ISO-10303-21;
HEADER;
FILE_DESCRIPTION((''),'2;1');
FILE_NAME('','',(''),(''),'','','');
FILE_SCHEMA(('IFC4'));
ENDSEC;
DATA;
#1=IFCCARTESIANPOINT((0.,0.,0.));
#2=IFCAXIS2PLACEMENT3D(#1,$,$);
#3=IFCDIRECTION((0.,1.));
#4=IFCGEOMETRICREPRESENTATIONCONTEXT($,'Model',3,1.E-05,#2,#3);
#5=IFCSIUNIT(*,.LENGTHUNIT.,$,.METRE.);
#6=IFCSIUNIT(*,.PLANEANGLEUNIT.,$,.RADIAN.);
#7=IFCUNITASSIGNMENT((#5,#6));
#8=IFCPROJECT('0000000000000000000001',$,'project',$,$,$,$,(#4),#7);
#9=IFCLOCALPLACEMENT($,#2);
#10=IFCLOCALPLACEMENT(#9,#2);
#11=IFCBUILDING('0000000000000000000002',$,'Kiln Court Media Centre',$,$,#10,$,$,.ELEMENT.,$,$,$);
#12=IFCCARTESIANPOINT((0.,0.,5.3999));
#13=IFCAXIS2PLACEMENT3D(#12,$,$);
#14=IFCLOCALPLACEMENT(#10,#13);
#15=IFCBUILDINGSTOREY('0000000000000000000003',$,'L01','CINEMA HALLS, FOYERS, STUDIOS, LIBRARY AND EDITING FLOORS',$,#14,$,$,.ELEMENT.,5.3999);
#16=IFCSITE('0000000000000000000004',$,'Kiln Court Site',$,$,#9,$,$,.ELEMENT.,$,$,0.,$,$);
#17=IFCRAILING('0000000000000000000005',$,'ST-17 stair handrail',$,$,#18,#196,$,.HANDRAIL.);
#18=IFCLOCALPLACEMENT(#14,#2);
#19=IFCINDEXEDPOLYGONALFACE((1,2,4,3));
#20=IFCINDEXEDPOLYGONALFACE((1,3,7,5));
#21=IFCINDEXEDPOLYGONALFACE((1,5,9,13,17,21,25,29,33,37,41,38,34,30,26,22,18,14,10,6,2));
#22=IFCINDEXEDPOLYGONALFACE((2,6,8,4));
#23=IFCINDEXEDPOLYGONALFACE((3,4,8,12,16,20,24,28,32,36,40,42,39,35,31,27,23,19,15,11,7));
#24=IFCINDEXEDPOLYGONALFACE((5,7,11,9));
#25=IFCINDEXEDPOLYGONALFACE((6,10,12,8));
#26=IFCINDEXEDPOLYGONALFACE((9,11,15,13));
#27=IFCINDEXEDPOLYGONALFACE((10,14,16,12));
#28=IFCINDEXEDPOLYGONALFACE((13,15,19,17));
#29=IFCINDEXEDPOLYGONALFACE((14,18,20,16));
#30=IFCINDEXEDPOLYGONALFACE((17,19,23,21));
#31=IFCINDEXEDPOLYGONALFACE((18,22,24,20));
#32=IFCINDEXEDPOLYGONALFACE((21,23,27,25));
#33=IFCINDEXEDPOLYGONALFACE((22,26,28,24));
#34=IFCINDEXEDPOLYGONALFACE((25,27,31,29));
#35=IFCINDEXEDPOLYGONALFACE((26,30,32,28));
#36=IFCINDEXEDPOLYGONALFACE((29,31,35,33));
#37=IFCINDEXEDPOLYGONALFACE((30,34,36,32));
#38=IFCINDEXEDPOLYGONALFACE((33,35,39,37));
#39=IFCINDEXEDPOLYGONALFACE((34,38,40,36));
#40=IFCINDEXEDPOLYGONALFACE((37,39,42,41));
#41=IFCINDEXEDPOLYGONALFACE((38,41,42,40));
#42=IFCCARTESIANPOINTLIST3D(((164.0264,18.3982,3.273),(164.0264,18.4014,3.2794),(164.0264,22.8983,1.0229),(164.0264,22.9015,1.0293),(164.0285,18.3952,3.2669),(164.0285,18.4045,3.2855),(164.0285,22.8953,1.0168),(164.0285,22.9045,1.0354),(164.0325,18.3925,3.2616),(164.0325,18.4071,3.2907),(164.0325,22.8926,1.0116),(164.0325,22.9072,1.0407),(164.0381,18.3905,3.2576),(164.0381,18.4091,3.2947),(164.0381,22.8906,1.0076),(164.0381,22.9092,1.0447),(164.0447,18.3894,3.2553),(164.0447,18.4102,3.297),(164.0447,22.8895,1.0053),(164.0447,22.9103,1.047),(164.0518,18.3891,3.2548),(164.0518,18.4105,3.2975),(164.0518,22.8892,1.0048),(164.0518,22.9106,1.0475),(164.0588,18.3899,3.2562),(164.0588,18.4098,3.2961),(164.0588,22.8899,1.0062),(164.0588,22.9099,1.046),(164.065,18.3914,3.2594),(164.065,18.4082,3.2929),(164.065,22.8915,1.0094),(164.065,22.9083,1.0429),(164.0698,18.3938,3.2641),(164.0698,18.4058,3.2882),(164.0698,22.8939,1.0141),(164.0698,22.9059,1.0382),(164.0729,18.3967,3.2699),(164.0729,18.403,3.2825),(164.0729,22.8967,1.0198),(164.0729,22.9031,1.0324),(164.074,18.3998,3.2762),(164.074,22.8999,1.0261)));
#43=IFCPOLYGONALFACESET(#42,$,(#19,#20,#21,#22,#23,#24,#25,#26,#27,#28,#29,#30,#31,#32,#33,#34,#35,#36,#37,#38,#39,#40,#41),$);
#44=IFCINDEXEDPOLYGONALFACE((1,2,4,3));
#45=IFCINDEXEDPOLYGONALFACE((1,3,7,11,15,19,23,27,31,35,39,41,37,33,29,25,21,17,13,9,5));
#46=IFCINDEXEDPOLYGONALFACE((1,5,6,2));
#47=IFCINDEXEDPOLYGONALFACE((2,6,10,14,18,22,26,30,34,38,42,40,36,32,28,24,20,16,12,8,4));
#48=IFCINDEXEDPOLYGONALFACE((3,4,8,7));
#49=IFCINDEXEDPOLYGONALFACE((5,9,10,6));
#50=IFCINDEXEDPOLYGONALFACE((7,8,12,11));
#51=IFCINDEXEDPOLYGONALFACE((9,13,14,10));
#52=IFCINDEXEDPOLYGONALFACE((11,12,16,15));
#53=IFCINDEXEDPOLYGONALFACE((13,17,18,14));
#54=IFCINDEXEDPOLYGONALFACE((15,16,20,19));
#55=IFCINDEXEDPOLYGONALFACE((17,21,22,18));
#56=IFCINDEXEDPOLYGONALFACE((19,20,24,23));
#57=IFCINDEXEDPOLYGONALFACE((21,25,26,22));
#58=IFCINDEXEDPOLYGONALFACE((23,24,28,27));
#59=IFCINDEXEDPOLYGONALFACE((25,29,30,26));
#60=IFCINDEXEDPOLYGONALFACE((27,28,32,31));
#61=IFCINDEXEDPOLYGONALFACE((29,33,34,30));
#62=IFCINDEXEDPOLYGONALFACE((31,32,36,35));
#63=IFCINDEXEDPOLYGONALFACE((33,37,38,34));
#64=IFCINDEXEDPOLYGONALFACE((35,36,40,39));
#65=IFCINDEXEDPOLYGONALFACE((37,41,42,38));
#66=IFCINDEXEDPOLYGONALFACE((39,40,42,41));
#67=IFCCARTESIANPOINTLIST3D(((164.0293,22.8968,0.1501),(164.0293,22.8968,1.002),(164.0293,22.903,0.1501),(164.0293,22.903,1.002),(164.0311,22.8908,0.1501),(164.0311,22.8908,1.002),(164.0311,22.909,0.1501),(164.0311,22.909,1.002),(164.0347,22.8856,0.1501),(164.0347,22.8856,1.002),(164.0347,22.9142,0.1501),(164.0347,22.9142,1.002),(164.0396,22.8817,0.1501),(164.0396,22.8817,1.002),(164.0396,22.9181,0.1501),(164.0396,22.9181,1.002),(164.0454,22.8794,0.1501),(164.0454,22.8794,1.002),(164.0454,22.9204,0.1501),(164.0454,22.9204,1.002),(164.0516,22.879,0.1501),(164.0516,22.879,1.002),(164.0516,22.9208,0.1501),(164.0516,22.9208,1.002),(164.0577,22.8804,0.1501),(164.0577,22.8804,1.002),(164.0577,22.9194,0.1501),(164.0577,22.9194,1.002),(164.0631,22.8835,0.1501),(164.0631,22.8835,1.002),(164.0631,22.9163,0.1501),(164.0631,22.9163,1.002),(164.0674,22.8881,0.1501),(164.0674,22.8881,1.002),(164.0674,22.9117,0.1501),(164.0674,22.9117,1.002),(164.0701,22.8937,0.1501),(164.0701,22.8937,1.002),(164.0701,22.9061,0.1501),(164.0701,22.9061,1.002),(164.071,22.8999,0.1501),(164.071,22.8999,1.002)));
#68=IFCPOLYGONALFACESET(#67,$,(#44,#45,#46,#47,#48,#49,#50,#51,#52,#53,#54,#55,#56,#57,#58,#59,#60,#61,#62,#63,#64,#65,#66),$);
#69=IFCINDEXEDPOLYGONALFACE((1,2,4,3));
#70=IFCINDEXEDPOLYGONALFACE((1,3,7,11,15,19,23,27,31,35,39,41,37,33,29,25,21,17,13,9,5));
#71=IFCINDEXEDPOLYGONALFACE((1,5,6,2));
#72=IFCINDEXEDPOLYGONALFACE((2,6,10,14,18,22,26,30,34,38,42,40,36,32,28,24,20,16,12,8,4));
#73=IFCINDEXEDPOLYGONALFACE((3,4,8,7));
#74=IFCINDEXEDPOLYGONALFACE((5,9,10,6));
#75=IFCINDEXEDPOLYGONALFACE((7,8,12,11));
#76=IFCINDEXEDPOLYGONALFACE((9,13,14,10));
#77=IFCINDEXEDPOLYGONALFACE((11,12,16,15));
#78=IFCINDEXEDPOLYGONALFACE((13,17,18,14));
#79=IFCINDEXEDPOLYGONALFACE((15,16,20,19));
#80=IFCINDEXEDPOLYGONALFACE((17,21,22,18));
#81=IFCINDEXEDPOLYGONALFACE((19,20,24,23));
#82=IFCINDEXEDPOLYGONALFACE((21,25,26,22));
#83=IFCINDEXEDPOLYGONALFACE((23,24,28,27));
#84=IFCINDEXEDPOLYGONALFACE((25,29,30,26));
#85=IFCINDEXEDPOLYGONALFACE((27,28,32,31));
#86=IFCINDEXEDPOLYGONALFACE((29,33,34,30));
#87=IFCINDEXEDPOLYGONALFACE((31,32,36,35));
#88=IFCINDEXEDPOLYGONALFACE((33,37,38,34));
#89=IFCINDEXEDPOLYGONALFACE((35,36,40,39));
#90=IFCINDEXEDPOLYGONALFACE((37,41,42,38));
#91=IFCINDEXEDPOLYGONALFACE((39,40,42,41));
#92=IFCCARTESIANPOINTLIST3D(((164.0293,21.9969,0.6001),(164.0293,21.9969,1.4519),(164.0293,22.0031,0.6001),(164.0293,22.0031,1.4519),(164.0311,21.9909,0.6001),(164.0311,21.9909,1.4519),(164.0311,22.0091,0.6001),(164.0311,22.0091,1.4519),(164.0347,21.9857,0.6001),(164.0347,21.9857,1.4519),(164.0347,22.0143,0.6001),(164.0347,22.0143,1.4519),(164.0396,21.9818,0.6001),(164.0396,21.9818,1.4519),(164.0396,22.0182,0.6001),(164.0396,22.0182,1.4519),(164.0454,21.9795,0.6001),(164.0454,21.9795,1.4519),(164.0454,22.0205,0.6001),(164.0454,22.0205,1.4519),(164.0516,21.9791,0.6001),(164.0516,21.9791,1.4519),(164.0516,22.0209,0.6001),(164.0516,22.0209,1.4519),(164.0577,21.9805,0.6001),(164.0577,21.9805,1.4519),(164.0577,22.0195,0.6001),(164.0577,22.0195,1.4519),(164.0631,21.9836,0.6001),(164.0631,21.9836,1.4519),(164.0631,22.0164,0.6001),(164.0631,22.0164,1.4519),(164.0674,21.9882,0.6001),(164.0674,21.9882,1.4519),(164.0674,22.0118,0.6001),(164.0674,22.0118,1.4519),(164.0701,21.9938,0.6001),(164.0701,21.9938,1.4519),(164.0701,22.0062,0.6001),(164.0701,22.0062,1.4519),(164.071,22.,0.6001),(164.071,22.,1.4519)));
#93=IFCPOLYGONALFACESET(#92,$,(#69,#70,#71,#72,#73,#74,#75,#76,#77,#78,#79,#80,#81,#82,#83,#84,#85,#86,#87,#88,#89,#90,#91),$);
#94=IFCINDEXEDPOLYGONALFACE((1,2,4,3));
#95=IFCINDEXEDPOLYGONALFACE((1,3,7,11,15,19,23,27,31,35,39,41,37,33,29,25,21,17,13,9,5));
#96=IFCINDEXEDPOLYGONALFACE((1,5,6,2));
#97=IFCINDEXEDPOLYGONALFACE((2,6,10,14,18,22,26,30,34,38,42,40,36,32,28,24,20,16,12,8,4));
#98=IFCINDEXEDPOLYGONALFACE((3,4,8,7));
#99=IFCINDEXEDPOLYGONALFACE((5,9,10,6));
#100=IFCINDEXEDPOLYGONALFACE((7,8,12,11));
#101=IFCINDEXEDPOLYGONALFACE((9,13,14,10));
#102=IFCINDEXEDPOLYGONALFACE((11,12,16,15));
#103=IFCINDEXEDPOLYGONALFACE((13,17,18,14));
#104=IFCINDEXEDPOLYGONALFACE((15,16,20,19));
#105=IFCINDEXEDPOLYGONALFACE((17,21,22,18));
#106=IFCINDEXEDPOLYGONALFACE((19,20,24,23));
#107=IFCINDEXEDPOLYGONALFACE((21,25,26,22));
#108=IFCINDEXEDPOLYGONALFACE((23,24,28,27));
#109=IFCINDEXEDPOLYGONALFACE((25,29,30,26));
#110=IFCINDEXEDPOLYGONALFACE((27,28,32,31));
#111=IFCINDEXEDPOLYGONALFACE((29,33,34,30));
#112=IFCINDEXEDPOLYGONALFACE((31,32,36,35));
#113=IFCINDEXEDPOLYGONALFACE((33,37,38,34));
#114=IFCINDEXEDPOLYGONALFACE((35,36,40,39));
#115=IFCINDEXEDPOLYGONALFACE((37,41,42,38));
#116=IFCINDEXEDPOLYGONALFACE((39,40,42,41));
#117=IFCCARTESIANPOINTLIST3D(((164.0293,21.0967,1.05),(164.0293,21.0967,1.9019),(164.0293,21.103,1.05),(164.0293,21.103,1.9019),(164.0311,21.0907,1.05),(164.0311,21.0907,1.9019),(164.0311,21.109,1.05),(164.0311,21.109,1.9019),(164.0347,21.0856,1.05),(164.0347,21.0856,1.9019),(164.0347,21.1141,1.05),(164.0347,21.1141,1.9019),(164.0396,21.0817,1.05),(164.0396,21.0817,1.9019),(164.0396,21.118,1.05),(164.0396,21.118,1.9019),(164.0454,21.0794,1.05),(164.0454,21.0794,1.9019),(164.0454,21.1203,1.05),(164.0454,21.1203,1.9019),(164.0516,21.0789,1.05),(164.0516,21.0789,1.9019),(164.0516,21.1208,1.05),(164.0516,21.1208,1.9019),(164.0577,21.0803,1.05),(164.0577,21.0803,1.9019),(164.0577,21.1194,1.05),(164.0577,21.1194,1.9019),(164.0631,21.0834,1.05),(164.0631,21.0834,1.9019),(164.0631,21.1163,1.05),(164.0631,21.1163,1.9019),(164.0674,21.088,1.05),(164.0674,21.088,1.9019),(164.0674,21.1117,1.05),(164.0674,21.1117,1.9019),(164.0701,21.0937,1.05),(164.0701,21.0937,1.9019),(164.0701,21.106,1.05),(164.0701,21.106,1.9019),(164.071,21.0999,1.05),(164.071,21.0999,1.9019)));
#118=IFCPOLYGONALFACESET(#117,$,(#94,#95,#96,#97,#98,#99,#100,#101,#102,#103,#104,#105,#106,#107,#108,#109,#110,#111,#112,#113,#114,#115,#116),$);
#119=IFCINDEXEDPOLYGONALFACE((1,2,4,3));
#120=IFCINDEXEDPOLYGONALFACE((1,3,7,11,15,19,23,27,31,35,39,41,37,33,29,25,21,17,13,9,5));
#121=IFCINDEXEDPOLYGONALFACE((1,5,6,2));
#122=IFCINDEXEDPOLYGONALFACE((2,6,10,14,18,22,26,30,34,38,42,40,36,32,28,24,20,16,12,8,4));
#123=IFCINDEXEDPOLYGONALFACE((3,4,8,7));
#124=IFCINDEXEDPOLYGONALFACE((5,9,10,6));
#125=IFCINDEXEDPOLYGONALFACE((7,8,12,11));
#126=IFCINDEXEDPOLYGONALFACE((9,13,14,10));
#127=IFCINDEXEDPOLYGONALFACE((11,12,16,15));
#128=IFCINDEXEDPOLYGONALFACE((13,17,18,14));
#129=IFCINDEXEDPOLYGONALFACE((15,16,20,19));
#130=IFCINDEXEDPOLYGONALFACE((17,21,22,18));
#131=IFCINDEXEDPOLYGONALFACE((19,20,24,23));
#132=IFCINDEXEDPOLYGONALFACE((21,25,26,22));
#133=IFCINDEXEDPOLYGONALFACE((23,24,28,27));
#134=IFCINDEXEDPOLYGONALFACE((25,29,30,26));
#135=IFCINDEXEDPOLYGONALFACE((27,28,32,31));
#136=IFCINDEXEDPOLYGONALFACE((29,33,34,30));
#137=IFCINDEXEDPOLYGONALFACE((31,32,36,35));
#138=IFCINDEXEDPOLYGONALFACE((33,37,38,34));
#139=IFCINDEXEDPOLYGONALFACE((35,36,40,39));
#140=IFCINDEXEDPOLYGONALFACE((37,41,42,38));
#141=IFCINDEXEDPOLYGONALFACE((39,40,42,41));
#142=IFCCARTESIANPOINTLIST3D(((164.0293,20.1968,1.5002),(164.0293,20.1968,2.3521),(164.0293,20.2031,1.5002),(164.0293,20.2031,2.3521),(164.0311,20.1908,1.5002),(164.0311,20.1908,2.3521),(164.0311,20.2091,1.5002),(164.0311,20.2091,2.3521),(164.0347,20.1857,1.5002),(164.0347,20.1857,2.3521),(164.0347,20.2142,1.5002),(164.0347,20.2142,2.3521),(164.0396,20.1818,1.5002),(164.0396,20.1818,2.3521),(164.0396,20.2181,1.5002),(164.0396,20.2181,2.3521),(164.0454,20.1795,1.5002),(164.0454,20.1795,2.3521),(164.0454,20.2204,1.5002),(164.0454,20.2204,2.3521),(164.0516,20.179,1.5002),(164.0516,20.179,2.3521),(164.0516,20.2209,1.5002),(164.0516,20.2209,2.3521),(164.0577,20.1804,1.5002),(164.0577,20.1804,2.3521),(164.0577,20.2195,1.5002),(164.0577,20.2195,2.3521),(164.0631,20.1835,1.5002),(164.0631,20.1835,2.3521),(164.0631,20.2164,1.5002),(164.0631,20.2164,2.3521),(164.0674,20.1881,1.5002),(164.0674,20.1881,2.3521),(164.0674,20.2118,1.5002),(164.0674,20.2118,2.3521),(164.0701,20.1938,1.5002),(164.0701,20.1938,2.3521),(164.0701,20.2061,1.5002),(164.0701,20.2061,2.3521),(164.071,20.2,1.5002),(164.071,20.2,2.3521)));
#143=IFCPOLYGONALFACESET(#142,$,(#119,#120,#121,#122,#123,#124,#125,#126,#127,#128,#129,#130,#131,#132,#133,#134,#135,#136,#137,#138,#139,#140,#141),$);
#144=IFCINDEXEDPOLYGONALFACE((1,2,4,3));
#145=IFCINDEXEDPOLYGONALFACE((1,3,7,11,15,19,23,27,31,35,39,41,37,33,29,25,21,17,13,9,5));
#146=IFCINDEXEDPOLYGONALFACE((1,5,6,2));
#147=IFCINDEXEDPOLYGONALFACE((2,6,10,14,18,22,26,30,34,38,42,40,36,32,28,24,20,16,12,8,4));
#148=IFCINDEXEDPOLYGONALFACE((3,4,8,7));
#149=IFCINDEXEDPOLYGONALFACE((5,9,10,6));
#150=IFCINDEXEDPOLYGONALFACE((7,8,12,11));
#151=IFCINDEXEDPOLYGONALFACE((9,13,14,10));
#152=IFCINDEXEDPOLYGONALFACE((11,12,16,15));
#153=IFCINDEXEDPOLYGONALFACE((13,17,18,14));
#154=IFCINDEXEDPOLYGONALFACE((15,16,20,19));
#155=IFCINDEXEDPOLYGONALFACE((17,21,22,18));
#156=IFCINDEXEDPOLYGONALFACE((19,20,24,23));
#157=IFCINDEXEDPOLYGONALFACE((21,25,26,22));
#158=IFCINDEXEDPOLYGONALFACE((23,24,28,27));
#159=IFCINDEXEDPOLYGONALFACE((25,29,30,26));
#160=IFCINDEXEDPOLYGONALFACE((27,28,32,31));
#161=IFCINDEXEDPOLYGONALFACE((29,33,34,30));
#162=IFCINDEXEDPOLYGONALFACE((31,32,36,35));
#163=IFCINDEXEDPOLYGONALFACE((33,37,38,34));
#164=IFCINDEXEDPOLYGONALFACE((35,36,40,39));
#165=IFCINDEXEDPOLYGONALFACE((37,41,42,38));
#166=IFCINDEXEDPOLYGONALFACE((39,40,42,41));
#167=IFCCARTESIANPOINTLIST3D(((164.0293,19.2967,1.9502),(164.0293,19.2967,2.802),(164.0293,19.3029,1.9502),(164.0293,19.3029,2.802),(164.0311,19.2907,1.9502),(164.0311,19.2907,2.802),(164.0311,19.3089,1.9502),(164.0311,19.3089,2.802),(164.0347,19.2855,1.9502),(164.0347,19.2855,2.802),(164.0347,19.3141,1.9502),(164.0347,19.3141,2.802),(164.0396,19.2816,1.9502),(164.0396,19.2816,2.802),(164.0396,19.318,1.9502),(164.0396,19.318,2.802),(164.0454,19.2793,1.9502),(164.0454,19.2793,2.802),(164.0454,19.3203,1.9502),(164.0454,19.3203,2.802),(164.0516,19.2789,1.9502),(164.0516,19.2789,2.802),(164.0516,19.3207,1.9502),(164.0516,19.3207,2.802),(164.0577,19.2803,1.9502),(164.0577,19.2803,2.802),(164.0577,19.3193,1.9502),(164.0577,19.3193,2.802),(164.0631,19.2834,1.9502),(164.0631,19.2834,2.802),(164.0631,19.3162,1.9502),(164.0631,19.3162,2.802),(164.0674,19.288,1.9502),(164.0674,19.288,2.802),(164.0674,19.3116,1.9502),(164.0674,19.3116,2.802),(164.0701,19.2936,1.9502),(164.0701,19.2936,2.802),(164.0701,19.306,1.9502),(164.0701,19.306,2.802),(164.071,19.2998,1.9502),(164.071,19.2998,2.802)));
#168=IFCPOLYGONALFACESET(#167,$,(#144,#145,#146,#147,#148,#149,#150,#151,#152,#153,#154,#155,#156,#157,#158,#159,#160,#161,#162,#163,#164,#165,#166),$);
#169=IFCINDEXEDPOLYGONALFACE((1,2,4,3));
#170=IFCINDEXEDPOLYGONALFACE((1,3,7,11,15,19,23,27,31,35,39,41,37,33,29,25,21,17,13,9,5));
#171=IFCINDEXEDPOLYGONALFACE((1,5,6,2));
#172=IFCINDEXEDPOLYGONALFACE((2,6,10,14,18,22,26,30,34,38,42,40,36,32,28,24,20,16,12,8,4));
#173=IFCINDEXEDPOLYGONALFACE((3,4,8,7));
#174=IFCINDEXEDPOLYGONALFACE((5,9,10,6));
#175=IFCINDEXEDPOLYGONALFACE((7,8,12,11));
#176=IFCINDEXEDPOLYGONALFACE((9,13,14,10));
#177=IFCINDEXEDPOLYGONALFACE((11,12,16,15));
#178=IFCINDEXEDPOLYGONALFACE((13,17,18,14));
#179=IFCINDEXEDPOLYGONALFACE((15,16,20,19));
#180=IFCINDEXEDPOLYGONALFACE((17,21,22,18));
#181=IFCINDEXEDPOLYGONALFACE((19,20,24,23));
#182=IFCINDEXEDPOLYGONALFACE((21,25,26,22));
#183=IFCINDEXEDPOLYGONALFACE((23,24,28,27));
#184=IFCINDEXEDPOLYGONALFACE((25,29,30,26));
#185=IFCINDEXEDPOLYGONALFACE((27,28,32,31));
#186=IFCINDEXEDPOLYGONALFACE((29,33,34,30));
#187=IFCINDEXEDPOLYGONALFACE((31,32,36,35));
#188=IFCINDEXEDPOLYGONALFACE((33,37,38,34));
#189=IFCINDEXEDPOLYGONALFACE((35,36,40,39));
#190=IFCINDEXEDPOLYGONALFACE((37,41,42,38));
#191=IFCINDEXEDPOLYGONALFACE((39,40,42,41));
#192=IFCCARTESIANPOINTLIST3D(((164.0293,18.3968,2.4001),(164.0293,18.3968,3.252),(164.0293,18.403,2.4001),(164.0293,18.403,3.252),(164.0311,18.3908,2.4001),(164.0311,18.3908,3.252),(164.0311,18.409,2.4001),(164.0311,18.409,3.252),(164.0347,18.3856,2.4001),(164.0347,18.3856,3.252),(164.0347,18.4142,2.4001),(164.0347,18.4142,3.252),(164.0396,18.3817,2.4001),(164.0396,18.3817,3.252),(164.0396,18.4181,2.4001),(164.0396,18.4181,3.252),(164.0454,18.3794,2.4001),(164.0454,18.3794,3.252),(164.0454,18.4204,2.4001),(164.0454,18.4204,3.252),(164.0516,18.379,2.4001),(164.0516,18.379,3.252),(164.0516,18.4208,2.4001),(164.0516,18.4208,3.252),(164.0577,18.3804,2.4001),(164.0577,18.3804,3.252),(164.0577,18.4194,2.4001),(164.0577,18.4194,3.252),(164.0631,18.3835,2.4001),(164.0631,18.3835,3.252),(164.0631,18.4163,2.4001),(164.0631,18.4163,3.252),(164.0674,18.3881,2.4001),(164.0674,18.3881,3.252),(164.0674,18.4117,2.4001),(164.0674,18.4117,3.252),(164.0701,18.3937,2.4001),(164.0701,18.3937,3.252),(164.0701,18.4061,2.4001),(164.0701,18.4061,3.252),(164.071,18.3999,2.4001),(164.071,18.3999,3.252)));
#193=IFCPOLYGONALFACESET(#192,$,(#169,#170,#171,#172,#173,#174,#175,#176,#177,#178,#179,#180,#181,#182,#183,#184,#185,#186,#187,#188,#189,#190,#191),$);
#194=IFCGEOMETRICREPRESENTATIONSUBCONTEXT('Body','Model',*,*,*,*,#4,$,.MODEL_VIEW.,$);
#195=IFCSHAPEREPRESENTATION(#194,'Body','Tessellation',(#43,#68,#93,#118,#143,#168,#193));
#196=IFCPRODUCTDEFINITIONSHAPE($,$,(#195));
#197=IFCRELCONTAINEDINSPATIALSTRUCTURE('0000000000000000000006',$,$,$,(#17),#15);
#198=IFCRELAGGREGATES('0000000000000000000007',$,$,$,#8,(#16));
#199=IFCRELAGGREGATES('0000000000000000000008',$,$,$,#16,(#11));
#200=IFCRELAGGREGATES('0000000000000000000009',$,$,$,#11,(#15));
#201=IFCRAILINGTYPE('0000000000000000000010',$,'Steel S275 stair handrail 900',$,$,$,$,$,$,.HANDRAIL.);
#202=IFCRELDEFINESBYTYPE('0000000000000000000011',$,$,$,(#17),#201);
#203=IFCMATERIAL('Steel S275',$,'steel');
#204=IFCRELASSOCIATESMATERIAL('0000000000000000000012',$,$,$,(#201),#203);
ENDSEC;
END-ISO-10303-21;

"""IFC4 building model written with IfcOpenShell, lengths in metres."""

from ifc_helpers import new_model, si_unit, direction, frame, origin, origin_2d, place, context, subcontext, project, spatial, circle, extrude, material, type_object, element, save


model = new_model("IFC4")

# Units and contexts
model_context = context("Model", 3, precision=1e-05, world=origin(), true_north=direction((0.0, 1.0)))
body_context = subcontext(model_context, "Body", "Model", "MODEL_VIEW")
ifc_project = project(units=[si_unit("LENGTHUNIT", "METRE"), si_unit("PLANEANGLEUNIT", "RADIAN")], contexts=[model_context])

# Site, building, storey
site_placement = place(None, origin())
site = spatial("IfcSite", under=ifc_project, at=site_placement, Name="Kiln Court Site", CompositionType="ELEMENT", RefElevation=0.0)
building_placement = place(site_placement, origin())
building = spatial("IfcBuilding", under=site, at=building_placement, Name="Kiln Court Media Centre", CompositionType="ELEMENT")
storey_placement = place(building_placement, frame((0.0, 0.0, 5.3999)))
storey = spatial("IfcBuildingStorey", under=building, at=storey_placement, Name="L01", Description="CINEMA HALLS, FOYERS, STUDIOS, LIBRARY AND EDITING FLOORS", CompositionType="ELEMENT", Elevation=5.3999)

# Railing
ifc_material_1 = material(Name="Steel S275", Category="steel")
railing_type_1 = type_object("IfcRailingType", Name="Steel S275 stair handrail 900", PredefinedType="HANDRAIL", material=ifc_material_1)
railing_1_placement = place(storey_placement, frame((164.05, 22.8999, 0.1501)))
element("IfcRailing", 1, at=railing_1_placement, inside=storey, type_object=railing_type_1, Name="ST-17 stair handrail", PredefinedType="HANDRAIL", context=body_context, shape_type="SweptSolid", body=[
    extrude(circle(Radius=0.0239, at=origin_2d()), frame((0.0, 0.0, 0.876), z_axis=(0.0, -0.894427, 0.447214), x_axis=(1.0, 0.0, 0.0)), (0.0, 0.0, 1.0), 5.0312),
    extrude(circle(Radius=0.021, at=origin_2d()), origin(), (0.0, 0.0, 1.0), 0.8518),
    extrude(circle(Radius=0.021, at=origin_2d()), frame((0.0, -0.8999, 0.45)), (0.0, 0.0, 1.0), 0.8518),
    extrude(circle(Radius=0.021, at=origin_2d()), frame((0.0, -1.8, 0.8999)), (0.0, 0.0, 1.0), 0.8518),
    extrude(circle(Radius=0.021, at=origin_2d()), frame((0.0, -2.7, 1.3501)), (0.0, 0.0, 1.0), 0.8518),
    extrude(circle(Radius=0.021, at=origin_2d()), frame((0.0, -3.6001, 1.8)), (0.0, 0.0, 1.0), 0.8518),
    extrude(circle(Radius=0.021, at=origin_2d()), frame((0.0, -4.5, 2.25)), (0.0, 0.0, 1.0), 0.8518),
])

save(model, "model.ifc")
